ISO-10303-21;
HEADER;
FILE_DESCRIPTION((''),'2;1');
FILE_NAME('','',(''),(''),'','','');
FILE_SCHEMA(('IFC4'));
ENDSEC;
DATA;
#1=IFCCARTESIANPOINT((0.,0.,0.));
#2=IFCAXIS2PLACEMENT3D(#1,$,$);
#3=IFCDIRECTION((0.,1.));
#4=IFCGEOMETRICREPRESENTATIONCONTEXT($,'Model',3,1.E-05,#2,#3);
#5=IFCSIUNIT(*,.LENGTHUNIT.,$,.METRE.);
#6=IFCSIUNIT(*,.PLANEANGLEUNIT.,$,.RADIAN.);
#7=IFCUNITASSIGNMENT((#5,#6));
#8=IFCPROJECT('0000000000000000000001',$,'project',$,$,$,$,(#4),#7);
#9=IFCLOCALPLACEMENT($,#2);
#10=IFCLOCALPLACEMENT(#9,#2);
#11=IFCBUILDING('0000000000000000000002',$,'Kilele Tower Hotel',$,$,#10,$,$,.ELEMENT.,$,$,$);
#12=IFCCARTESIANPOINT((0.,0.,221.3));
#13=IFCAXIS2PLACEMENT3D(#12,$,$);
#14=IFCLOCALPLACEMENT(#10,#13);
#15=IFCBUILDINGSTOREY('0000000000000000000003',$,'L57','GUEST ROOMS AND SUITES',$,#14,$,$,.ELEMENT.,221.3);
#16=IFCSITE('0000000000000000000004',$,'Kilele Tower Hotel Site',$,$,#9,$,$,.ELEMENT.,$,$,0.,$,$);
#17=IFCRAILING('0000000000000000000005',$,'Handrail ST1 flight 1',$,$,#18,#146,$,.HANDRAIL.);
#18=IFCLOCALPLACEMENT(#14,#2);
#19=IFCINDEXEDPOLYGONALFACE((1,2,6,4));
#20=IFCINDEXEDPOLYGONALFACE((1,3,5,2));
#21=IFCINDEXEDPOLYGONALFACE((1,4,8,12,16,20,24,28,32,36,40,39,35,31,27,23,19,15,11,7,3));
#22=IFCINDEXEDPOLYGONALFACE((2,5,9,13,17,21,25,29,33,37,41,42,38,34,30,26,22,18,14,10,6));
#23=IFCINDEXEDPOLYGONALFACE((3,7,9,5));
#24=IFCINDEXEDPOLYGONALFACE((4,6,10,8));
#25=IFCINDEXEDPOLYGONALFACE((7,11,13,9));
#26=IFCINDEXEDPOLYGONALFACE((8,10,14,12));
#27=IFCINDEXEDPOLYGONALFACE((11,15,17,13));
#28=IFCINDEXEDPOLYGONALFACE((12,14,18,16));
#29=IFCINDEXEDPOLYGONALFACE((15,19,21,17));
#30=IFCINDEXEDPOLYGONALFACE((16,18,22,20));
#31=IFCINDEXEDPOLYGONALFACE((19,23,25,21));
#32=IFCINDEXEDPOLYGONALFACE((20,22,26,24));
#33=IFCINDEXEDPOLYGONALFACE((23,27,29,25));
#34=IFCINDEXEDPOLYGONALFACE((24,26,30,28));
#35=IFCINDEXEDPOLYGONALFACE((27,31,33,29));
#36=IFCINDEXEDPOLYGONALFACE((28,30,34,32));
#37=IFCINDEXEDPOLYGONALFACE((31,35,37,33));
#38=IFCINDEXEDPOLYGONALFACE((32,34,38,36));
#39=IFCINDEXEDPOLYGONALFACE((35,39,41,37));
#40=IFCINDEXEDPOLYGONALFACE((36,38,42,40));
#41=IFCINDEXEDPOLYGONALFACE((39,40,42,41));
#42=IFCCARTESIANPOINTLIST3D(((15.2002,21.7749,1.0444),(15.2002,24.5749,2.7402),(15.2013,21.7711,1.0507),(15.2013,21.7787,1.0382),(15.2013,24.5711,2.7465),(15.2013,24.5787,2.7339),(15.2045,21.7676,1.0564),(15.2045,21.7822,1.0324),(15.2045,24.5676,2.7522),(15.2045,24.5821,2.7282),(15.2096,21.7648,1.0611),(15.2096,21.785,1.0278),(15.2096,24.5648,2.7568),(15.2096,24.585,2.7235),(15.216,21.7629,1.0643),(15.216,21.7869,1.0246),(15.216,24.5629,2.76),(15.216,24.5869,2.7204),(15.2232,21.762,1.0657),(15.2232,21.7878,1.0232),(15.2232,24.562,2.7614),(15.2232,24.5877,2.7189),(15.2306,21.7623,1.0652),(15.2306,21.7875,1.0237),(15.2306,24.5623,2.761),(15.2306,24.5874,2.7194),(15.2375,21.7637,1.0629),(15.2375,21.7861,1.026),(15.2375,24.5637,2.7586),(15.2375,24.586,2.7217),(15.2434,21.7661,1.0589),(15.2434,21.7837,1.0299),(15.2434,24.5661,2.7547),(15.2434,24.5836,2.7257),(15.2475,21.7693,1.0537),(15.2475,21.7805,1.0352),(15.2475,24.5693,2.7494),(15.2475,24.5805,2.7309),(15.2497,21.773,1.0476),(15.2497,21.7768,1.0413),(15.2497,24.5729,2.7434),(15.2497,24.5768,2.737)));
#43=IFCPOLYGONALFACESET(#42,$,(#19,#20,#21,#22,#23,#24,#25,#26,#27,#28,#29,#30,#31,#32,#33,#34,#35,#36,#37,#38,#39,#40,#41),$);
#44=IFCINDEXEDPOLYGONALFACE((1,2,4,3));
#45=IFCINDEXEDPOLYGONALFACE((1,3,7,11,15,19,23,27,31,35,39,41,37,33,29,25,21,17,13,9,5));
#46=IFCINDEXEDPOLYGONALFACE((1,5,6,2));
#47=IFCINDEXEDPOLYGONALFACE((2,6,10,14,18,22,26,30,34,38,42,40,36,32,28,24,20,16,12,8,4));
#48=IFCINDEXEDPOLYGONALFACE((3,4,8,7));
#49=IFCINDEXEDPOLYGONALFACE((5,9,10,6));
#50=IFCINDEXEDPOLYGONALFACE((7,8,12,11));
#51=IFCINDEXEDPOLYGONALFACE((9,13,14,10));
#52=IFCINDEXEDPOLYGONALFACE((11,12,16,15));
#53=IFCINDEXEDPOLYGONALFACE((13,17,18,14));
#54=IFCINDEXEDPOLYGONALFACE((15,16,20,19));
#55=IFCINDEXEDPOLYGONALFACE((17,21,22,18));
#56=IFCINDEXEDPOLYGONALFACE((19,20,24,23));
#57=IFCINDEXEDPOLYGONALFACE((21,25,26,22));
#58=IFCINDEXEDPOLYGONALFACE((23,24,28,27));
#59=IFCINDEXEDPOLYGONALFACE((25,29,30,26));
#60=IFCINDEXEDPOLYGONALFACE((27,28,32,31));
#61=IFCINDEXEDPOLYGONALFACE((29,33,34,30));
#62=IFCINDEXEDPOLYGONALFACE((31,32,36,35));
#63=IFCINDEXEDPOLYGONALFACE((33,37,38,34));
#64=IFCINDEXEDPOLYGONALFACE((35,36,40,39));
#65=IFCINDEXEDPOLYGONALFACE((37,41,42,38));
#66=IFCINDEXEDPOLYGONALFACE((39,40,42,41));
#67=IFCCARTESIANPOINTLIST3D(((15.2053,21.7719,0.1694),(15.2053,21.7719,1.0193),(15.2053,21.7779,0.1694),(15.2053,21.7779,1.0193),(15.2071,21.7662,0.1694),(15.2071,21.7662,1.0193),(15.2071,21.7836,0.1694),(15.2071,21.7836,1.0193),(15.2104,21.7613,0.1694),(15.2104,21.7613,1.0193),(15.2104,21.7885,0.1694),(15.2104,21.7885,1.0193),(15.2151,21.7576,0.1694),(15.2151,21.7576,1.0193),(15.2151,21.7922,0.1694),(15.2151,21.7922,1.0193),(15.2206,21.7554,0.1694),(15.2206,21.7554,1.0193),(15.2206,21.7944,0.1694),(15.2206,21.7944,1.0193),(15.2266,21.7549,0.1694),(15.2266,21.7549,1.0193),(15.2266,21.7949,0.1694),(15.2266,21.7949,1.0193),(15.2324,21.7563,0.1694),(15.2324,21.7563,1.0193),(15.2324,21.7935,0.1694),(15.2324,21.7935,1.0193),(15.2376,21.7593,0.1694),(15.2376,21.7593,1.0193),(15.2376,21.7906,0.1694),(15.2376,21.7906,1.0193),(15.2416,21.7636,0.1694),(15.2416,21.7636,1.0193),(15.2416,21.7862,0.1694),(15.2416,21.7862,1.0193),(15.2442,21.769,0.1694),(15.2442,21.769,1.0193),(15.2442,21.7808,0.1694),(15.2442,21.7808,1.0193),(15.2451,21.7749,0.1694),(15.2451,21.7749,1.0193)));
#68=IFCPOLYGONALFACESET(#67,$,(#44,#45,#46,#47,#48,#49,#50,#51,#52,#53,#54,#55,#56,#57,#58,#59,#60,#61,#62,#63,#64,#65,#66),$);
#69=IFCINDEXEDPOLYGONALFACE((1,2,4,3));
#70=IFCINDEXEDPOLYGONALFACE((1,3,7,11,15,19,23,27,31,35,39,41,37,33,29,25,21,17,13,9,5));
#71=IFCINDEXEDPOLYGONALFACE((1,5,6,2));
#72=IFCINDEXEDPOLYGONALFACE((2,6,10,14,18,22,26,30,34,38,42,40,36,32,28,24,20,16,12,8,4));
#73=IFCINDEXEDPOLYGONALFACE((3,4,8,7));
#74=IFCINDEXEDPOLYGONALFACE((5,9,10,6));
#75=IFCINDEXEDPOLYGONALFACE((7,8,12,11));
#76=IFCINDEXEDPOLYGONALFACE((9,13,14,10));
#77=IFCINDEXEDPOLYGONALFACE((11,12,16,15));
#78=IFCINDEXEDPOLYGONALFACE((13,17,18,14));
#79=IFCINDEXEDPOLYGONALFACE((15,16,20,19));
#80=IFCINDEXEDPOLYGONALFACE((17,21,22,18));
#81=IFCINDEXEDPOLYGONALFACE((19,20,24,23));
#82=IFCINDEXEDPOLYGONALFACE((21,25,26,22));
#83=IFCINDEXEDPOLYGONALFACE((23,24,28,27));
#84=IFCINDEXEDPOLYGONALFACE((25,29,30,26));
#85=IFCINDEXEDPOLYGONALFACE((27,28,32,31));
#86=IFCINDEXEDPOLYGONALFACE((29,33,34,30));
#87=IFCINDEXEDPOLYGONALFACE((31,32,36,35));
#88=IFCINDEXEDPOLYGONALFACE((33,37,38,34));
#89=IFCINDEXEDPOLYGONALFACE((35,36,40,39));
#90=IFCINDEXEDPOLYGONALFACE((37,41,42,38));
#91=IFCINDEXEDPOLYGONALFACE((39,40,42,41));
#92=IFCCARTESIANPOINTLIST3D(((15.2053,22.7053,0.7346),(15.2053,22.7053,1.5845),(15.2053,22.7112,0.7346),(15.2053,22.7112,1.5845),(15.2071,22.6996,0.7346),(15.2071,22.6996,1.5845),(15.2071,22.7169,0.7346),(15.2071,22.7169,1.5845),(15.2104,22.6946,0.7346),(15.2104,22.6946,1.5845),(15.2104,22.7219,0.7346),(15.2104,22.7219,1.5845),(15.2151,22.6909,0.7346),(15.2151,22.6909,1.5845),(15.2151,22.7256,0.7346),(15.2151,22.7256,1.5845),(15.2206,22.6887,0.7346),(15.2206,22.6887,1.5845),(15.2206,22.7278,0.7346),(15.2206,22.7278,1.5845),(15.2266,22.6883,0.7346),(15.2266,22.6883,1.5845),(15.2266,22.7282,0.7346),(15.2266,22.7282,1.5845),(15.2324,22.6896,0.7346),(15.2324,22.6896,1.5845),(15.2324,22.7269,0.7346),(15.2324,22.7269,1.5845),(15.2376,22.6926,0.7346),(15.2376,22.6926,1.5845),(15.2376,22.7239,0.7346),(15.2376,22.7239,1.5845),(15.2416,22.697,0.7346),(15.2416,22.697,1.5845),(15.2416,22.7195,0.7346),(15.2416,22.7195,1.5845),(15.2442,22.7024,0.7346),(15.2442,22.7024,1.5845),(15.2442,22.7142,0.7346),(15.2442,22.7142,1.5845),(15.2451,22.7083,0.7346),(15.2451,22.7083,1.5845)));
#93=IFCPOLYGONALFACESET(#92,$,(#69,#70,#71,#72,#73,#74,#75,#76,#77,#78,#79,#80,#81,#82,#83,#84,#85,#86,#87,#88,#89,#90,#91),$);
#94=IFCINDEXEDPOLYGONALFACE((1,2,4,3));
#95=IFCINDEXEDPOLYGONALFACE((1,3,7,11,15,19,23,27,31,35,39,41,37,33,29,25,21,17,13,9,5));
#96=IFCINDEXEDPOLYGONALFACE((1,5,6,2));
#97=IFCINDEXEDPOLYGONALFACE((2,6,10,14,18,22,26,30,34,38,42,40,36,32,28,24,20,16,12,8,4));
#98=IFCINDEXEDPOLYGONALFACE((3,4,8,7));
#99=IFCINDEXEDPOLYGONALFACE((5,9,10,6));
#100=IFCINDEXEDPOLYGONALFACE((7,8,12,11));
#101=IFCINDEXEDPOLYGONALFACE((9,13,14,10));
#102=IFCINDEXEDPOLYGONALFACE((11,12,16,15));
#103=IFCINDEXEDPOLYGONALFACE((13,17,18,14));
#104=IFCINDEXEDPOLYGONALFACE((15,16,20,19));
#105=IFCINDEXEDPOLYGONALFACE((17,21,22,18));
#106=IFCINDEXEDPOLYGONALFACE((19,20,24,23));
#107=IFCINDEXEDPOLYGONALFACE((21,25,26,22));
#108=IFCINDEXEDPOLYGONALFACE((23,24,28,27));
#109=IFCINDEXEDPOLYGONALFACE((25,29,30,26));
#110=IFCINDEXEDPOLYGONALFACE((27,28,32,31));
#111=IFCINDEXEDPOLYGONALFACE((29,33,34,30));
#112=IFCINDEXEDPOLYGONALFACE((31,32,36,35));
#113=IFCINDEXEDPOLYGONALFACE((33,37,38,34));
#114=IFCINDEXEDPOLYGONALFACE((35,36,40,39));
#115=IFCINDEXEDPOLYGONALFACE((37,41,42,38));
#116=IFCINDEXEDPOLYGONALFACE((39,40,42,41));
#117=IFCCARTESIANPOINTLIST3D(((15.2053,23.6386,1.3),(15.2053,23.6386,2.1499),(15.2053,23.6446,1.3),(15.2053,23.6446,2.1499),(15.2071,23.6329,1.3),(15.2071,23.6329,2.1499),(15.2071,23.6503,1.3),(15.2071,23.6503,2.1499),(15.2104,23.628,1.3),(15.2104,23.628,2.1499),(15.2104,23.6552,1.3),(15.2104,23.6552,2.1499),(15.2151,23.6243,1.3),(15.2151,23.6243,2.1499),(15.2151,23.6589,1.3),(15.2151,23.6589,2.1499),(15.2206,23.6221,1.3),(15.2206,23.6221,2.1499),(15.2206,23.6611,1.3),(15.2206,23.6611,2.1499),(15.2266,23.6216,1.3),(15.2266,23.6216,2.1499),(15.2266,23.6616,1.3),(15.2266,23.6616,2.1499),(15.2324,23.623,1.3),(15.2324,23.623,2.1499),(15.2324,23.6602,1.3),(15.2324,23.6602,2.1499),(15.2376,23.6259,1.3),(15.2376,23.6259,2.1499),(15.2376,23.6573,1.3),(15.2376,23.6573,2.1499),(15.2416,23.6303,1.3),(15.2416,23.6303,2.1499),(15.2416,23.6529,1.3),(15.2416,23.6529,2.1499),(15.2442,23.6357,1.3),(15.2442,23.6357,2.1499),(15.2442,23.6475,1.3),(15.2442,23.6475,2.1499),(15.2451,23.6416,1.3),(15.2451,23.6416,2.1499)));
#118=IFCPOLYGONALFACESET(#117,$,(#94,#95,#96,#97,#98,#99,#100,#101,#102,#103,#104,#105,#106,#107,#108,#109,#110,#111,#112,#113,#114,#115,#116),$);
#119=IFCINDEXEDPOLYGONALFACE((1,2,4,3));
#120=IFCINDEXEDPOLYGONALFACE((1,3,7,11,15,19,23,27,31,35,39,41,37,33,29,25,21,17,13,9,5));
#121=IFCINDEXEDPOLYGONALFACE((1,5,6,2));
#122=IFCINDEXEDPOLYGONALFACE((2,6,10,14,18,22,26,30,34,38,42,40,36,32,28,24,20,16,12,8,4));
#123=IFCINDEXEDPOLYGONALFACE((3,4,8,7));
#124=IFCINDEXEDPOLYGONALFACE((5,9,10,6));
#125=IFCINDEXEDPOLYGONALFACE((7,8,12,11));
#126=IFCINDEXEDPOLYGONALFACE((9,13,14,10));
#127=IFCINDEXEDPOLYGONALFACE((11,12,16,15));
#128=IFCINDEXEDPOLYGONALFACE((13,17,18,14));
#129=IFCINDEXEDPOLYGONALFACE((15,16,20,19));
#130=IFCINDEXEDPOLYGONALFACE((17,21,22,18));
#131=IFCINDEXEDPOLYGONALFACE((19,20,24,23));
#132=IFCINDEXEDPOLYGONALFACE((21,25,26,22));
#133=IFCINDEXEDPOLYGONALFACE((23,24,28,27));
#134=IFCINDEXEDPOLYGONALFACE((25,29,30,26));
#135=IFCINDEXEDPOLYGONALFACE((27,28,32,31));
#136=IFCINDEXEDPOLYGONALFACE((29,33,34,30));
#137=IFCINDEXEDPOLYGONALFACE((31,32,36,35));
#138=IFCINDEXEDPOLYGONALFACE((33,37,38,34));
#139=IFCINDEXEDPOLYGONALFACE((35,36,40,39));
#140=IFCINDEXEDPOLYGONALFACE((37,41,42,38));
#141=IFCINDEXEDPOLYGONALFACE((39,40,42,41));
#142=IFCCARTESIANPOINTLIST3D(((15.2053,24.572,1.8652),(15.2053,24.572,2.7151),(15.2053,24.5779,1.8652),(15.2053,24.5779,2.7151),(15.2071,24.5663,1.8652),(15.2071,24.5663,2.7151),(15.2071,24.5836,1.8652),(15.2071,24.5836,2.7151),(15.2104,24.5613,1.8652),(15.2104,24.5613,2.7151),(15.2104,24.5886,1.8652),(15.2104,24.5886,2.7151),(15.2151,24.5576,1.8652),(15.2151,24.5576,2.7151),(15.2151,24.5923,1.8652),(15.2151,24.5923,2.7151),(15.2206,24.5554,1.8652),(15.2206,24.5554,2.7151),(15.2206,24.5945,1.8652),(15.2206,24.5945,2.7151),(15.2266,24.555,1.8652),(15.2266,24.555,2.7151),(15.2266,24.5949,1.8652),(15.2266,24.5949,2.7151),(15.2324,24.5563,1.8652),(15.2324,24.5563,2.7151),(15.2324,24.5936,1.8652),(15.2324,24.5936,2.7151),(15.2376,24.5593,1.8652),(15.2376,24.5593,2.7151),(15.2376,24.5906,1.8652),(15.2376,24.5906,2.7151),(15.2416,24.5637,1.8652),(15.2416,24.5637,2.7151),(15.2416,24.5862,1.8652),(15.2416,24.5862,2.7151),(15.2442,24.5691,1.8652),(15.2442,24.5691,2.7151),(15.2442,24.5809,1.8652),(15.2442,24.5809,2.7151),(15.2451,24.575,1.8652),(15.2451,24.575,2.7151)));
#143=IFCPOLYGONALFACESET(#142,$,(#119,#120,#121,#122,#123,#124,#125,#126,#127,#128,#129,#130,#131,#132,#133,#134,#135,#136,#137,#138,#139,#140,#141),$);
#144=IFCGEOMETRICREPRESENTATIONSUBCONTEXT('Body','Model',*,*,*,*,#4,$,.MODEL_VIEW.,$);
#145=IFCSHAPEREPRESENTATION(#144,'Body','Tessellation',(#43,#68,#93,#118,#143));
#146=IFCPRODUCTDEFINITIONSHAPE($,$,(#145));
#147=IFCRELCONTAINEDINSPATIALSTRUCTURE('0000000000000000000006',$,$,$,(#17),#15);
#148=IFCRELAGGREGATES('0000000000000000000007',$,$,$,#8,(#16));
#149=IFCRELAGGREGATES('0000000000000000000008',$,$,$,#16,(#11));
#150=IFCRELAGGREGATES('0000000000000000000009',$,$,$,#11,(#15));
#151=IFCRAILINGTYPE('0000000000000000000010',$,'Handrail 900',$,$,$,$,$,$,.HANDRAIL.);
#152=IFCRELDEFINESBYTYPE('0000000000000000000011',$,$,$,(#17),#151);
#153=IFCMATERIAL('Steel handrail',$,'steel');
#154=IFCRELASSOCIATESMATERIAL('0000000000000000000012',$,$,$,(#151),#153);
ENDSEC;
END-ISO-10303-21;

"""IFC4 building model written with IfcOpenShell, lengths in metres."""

from ifc_helpers import new_model, si_unit, direction, frame, origin, origin_2d, place, context, subcontext, project, spatial, circle, extrude, material, type_object, element, save


model = new_model("IFC4")

# Units and contexts
model_context = context("Model", 3, precision=1e-05, world=origin(), true_north=direction((0.0, 1.0)))
body_context = subcontext(model_context, "Body", "Model", "MODEL_VIEW")
ifc_project = project(units=[si_unit("LENGTHUNIT", "METRE"), si_unit("PLANEANGLEUNIT", "RADIAN")], contexts=[model_context])

# Site, building, storey
site_placement = place(None, origin())
site = spatial("IfcSite", under=ifc_project, at=site_placement, Name="Kilele Tower Hotel Site", CompositionType="ELEMENT", RefElevation=0.0)
building_placement = place(site_placement, origin())
building = spatial("IfcBuilding", under=site, at=building_placement, Name="Kilele Tower Hotel", CompositionType="ELEMENT")
storey_placement = place(building_placement, frame((0.0, 0.0, 221.3)))
storey = spatial("IfcBuildingStorey", under=building, at=storey_placement, Name="L57", Description="GUEST ROOMS AND SUITES", CompositionType="ELEMENT", Elevation=221.3)

# Railing
ifc_material_1 = material(Name="Steel handrail", Category="steel")
railing_type_1 = type_object("IfcRailingType", Name="Handrail 900", PredefinedType="HANDRAIL", material=ifc_material_1)
for number, where, name in (
    (1, (15.2251, 21.7749, 0.1694), "Handrail ST1 flight 1"),
):
    element("IfcRailing", number, at=place(storey_placement, frame(where)), inside=storey, type_object=railing_type_1, Name=name, PredefinedType="HANDRAIL", context=body_context, shape_type="SweptSolid", body=[
        extrude(circle(Radius=0.0249, at=origin_2d()), frame((0.0, 0.0, 0.875), z_axis=(0.0, 0.85536, 0.518034), x_axis=(-1.0, 0.0, 0.0)), (0.0, 0.0, 1.0), 3.2734),
        extrude(circle(Radius=0.02, at=origin_2d()), origin(), (0.0, 0.0, 1.0), 0.8499),
        extrude(circle(Radius=0.02, at=origin_2d()), frame((0.0, 0.9333, 0.5652)), (0.0, 0.0, 1.0), 0.8499),
        extrude(circle(Radius=0.02, at=origin_2d()), frame((0.0, 1.8667, 1.1306)), (0.0, 0.0, 1.0), 0.8499),
        extrude(circle(Radius=0.02, at=origin_2d()), frame((0.0, 2.8, 1.6958)), (0.0, 0.0, 1.0), 0.8499),
    ])

save(model, "model.ifc")
